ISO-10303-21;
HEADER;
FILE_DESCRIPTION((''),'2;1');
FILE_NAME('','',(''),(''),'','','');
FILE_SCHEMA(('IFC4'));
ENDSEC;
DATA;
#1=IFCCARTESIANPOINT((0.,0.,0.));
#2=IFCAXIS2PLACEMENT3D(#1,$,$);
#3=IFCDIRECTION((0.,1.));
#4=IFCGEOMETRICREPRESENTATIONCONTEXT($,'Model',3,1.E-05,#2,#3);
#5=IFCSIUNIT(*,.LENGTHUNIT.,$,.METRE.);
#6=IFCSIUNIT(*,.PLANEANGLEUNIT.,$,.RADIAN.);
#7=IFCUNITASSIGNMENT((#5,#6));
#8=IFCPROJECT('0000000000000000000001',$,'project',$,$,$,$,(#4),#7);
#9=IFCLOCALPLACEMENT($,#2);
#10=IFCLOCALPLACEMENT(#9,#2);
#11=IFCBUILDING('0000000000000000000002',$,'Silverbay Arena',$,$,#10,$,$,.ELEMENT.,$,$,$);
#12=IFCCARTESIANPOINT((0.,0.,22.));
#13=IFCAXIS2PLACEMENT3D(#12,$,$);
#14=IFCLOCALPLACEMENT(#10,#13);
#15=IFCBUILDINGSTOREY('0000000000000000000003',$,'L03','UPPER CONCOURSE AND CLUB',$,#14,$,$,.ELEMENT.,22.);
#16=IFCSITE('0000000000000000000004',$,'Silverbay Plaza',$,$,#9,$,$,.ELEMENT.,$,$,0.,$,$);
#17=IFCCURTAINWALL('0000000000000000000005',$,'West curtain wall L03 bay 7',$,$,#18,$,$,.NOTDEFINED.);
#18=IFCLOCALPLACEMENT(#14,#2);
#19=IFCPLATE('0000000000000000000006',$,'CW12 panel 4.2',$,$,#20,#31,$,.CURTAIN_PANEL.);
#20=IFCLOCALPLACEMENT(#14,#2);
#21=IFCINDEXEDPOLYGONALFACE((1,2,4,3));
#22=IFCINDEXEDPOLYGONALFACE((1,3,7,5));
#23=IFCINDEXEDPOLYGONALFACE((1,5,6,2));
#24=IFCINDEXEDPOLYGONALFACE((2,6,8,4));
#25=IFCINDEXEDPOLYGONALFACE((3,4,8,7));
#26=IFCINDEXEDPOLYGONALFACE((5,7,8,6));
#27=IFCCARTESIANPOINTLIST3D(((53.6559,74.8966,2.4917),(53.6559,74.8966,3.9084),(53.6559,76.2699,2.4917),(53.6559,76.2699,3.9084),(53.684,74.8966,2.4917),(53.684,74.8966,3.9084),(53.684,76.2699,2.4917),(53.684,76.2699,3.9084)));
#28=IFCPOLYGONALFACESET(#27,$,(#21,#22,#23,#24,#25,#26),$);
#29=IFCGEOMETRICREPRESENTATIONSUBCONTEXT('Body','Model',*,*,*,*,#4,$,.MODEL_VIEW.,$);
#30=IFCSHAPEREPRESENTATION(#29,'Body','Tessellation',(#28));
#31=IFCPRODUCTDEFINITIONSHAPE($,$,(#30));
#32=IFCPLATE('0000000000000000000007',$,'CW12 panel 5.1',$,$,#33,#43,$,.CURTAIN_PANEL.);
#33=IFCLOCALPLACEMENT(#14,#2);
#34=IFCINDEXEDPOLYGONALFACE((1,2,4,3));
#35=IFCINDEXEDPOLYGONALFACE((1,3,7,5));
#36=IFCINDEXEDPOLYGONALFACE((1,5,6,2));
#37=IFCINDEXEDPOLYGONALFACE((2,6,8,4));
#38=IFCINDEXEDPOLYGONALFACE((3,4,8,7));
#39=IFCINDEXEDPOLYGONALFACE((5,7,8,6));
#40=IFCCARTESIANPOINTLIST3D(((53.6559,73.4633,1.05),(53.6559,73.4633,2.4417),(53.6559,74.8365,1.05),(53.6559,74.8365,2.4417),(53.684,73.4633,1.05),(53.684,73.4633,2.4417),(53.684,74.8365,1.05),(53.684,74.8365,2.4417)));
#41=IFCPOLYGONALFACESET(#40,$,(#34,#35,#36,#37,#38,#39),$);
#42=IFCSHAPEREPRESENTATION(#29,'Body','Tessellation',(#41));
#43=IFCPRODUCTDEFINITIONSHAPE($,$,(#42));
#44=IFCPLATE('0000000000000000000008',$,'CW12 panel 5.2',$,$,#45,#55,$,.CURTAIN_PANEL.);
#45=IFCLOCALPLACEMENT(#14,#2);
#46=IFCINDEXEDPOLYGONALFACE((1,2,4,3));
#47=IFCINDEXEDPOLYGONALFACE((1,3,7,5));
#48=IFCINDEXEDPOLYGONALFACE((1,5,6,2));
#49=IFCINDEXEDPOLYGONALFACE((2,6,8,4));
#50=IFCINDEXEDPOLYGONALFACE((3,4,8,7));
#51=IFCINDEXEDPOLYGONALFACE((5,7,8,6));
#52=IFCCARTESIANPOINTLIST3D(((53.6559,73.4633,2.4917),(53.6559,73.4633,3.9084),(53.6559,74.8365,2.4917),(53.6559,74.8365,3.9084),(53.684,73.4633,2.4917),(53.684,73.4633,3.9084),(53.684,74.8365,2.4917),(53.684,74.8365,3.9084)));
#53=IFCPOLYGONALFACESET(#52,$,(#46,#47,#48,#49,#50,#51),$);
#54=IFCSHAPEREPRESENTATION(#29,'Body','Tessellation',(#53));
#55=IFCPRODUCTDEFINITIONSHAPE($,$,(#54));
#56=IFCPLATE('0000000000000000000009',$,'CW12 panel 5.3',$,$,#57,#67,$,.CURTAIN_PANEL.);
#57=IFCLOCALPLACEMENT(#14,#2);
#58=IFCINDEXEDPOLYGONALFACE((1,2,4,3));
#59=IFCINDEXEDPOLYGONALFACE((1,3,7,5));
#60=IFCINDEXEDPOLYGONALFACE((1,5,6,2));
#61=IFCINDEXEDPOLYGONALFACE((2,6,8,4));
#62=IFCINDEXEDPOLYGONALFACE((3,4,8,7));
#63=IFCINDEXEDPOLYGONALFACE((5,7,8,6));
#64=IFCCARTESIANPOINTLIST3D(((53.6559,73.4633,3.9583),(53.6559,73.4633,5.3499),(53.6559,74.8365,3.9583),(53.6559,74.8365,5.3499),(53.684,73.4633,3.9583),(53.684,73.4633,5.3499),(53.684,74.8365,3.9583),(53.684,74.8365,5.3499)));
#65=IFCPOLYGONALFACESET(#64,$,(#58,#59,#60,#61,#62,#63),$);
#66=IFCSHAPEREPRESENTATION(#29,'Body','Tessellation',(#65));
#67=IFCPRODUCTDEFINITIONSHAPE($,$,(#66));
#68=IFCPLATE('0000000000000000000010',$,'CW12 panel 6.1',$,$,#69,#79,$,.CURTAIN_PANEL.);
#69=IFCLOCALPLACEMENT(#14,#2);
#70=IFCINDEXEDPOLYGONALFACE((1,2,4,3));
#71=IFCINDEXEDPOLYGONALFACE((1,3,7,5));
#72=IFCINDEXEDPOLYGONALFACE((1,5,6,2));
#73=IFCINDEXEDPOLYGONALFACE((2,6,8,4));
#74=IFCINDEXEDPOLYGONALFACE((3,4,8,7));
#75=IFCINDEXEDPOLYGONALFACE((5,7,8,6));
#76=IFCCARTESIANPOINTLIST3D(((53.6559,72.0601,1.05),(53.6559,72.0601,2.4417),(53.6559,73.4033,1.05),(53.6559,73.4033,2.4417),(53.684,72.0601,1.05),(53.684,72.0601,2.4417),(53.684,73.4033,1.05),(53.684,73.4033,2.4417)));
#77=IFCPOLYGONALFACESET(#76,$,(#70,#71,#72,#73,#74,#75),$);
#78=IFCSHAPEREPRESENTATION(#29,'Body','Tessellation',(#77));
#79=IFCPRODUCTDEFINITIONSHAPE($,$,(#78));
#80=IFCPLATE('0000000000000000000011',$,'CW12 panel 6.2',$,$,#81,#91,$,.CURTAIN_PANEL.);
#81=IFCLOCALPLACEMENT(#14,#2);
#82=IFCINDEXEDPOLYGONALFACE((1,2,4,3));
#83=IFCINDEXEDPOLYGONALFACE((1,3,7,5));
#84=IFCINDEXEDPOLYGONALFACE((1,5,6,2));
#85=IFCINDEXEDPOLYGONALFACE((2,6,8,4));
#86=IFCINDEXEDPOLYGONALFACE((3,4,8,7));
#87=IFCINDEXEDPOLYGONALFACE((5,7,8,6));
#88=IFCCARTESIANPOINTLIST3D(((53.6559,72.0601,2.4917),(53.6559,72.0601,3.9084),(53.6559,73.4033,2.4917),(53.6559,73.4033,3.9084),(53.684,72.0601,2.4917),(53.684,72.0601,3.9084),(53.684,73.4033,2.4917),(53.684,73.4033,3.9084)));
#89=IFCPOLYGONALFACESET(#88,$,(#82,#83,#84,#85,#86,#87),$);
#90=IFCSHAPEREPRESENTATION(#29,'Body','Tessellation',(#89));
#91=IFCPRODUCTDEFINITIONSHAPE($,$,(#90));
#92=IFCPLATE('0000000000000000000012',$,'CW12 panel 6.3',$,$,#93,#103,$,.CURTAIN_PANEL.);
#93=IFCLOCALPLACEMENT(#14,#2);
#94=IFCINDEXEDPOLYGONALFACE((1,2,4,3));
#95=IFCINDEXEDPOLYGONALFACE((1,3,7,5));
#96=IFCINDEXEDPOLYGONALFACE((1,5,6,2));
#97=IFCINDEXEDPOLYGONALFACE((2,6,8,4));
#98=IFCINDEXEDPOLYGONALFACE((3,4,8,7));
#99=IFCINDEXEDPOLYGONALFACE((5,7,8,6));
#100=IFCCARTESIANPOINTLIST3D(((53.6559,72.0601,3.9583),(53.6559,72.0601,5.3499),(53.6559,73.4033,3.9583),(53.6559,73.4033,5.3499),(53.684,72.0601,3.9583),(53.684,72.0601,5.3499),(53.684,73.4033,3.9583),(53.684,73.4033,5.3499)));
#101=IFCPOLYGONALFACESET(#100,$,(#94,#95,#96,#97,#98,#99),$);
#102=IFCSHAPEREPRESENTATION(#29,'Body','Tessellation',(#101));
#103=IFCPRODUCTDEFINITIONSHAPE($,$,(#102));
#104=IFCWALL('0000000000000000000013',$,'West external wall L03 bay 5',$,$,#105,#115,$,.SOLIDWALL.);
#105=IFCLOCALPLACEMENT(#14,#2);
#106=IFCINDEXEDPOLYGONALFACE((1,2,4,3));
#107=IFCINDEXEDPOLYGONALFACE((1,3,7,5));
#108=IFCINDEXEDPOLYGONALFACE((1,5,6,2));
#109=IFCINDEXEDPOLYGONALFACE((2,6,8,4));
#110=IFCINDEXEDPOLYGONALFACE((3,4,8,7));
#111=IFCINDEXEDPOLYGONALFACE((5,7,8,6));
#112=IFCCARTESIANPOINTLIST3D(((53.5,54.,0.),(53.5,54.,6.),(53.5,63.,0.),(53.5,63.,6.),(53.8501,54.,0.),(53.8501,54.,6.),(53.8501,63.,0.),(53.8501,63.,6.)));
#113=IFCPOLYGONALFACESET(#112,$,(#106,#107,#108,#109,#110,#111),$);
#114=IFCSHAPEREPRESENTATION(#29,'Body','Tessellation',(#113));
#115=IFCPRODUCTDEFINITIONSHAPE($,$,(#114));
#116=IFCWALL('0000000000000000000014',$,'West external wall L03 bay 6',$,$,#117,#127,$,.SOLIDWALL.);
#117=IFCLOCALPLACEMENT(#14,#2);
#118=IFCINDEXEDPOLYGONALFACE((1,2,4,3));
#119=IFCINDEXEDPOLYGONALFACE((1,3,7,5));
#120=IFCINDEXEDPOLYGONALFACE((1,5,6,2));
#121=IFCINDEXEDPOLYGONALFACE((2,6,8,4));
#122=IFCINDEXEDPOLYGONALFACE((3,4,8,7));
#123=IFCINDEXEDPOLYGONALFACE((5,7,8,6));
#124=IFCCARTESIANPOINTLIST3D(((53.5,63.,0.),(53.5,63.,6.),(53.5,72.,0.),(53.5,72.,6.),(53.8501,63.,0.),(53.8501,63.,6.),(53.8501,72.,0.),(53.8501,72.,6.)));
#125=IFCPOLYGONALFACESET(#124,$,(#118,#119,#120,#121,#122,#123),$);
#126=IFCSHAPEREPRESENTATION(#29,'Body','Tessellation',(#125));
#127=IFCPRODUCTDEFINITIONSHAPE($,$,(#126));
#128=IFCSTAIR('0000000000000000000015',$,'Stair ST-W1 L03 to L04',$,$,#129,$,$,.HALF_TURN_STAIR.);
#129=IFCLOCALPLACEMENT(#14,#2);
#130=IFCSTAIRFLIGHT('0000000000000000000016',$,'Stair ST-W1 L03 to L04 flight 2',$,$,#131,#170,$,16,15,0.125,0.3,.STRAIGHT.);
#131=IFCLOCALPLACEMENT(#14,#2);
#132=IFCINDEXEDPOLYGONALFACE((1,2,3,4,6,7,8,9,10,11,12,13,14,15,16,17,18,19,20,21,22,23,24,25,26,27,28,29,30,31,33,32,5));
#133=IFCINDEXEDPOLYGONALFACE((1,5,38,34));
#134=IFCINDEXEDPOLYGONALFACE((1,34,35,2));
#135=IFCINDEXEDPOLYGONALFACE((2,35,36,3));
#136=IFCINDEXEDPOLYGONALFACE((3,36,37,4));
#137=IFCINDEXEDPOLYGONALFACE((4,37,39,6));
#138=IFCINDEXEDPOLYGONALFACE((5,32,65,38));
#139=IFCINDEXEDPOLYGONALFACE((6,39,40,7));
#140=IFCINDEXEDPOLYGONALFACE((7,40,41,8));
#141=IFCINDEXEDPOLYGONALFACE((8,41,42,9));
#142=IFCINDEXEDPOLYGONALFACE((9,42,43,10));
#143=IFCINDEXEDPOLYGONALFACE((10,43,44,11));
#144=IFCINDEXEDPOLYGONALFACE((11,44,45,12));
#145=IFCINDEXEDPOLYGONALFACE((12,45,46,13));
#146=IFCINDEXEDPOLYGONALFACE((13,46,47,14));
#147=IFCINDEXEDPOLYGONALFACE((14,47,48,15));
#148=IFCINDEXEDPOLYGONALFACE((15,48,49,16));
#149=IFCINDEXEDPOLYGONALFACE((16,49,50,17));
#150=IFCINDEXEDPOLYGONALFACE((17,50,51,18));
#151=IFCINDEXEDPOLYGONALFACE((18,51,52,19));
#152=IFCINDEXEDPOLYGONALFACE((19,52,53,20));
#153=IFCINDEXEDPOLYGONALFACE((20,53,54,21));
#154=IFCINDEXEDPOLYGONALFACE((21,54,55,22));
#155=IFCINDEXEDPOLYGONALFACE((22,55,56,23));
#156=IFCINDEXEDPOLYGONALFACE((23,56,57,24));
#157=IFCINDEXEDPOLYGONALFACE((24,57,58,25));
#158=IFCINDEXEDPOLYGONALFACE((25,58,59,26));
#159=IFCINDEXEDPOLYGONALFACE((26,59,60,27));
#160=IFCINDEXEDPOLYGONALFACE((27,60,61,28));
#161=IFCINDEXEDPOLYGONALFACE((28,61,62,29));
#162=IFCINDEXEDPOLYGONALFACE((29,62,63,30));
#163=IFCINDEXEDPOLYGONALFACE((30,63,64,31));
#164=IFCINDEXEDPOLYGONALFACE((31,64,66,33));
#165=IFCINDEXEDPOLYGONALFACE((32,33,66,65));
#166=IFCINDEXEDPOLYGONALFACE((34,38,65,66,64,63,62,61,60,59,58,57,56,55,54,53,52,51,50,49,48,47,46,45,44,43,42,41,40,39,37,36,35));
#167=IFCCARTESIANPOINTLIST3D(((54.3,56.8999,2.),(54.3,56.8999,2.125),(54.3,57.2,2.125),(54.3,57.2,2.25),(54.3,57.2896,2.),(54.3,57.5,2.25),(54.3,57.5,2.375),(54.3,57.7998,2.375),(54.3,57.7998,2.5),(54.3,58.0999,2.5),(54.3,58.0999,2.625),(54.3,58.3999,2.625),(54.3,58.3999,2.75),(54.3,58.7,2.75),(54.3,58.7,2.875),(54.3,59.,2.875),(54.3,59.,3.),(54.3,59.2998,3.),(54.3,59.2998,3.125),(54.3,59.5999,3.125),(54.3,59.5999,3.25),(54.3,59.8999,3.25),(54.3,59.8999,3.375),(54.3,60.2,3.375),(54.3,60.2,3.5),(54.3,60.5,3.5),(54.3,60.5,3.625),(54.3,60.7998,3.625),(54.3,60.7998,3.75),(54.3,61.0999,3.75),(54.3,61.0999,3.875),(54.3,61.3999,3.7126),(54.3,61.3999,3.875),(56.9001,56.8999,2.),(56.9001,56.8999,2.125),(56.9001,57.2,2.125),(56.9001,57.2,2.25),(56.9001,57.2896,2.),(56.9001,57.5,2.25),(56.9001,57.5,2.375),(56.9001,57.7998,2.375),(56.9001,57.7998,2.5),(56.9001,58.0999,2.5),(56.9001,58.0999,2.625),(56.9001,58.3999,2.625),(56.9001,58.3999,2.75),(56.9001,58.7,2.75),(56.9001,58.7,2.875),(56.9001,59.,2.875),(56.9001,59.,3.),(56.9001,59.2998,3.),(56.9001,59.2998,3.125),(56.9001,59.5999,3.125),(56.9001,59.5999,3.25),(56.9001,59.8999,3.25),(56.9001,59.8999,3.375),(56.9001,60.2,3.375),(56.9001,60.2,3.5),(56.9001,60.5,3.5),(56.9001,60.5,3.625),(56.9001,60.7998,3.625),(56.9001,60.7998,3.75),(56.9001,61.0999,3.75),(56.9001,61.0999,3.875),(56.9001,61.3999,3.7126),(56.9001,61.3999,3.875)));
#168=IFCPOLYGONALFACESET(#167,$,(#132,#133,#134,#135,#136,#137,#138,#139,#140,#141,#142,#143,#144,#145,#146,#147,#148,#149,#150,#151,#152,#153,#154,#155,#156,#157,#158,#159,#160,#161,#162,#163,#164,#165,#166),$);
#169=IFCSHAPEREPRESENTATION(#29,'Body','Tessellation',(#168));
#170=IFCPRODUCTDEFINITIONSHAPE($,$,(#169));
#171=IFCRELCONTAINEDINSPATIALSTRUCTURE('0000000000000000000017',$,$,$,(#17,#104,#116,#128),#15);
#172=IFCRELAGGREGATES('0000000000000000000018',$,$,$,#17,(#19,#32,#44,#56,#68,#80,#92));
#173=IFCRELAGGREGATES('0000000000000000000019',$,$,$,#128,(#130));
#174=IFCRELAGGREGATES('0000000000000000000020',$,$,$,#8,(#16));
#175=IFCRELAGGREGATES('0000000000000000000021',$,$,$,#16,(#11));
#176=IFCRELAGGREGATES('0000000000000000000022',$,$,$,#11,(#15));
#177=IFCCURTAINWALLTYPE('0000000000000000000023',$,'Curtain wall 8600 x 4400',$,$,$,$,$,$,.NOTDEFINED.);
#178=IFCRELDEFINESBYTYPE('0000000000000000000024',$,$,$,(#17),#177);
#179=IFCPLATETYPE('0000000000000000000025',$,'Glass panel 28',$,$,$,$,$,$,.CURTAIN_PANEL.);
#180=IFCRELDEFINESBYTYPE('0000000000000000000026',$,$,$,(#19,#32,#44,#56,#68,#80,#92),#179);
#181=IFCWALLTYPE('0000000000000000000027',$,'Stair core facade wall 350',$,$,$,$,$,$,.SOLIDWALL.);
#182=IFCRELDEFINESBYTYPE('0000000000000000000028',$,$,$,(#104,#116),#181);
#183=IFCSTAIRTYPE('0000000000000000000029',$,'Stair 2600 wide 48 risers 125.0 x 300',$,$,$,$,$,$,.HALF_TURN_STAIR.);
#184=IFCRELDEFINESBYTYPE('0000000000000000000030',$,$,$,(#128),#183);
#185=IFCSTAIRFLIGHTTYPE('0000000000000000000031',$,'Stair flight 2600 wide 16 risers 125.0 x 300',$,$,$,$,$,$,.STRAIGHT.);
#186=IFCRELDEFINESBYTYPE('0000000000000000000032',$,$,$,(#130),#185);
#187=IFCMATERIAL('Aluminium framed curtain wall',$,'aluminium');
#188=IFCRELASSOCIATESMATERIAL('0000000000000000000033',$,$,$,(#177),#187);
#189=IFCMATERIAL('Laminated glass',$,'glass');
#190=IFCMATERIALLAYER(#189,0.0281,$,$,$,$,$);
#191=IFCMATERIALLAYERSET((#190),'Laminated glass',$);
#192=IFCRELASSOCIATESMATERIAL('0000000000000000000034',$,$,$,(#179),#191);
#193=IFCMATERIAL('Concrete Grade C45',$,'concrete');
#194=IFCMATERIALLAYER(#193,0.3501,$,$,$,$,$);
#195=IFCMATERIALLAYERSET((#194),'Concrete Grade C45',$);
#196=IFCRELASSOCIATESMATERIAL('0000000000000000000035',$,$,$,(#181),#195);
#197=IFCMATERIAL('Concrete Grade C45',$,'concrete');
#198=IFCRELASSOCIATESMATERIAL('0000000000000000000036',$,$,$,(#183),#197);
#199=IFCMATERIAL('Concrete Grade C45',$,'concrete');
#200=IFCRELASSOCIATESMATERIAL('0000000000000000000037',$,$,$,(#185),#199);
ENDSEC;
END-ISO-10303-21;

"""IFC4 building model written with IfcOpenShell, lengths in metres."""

from ifc_helpers import new_model, si_unit, direction, frame, frame_2d, origin, origin_2d, place, context, subcontext, project, spatial, polyline, rectangle, outline, extrude, material, layer, layer_set, type_object, element, aggregate, save


model = new_model("IFC4")

# Units and contexts
model_context = context("Model", 3, precision=1e-05, world=origin(), true_north=direction((0.0, 1.0)))
body_context = subcontext(model_context, "Body", "Model", "MODEL_VIEW")
ifc_project = project(units=[si_unit("LENGTHUNIT", "METRE"), si_unit("PLANEANGLEUNIT", "RADIAN")], contexts=[model_context])

# Site, building, storey
site_placement = place(None, origin())
site = spatial("IfcSite", under=ifc_project, at=site_placement, Name="Silverbay Plaza", CompositionType="ELEMENT", RefElevation=0.0)
building_placement = place(site_placement, origin())
building = spatial("IfcBuilding", under=site, at=building_placement, Name="Silverbay Arena", CompositionType="ELEMENT")
storey_placement = place(building_placement, frame((0.0, 0.0, 22.0)))
storey = spatial("IfcBuildingStorey", under=building, at=storey_placement, Name="L03", Description="UPPER CONCOURSE AND CLUB", CompositionType="ELEMENT", Elevation=22.0)

# Curtain wall
ifc_material_1 = material(Name="Aluminium framed curtain wall", Category="aluminium")
curtain_wall_type = type_object("IfcCurtainWallType", Name="Curtain wall 8600 x 4400", PredefinedType="NOTDEFINED", material=ifc_material_1)
curtain_wall_placement = place(storey_placement, origin())
curtain_wall = element("IfcCurtainWall", 1, at=curtain_wall_placement, inside=storey, type_object=curtain_wall_type, Name="West curtain wall L03 bay 7", PredefinedType="NOTDEFINED")

# Plates
ifc_material_2 = material(Name="Laminated glass", Category="glass")
ifc_layer_1 = layer(ifc_material_2, 0.0281)
ifc_layer_set_1 = layer_set([ifc_layer_1], Name="Laminated glass")
plate_type = type_object("IfcPlateType", Name="Glass panel 28", PredefinedType="CURTAIN_PANEL", material=ifc_layer_set_1)
plate_1_placement = place(storey_placement, frame((53.6699, 75.5833, 2.4917), z_axis=(0.0, 0.0, 1.0), x_axis=(0.0, -1.0, 0.0)))
plate_1 = element("IfcPlate", 2, at=plate_1_placement, type_object=plate_type, Name="CW12 panel 4.2", PredefinedType="CURTAIN_PANEL", context=body_context, shape_type="SweptSolid", body=[
    extrude(rectangle(XDim=1.3733, YDim=0.0281, at=origin_2d()), origin(), (0.0, 0.0, 1.0), 1.4167),
])
plate_2_placement = place(storey_placement, frame((53.6699, 74.1499, 1.05), z_axis=(0.0, 0.0, 1.0), x_axis=(0.0, -1.0, 0.0)))
plate_2 = element("IfcPlate", 3, at=plate_2_placement, type_object=plate_type, Name="CW12 panel 5.1", PredefinedType="CURTAIN_PANEL", context=body_context, shape_type="SweptSolid", body=[
    extrude(rectangle(XDim=1.3733, YDim=0.0281, at=origin_2d()), origin(), (0.0, 0.0, 1.0), 1.3916),
])
plate_3_placement = place(storey_placement, frame((53.6699, 74.1499, 2.4917), z_axis=(0.0, 0.0, 1.0), x_axis=(0.0, -1.0, 0.0)))
plate_3 = element("IfcPlate", 4, at=plate_3_placement, type_object=plate_type, Name="CW12 panel 5.2", PredefinedType="CURTAIN_PANEL", context=body_context, shape_type="SweptSolid", body=[
    extrude(rectangle(XDim=1.3733, YDim=0.0281, at=origin_2d()), origin(), (0.0, 0.0, 1.0), 1.4167),
])
plate_4_placement = place(storey_placement, frame((53.6699, 74.1499, 3.9583), z_axis=(0.0, 0.0, 1.0), x_axis=(0.0, -1.0, 0.0)))
plate_4 = element("IfcPlate", 5, at=plate_4_placement, type_object=plate_type, Name="CW12 panel 5.3", PredefinedType="CURTAIN_PANEL", context=body_context, shape_type="SweptSolid", body=[
    extrude(rectangle(XDim=1.3733, YDim=0.0281, at=origin_2d()), origin(), (0.0, 0.0, 1.0), 1.3916),
])
plate_5_placement = place(storey_placement, frame((53.6699, 72.7317, 1.05), z_axis=(0.0, 0.0, 1.0), x_axis=(0.0, -1.0, 0.0)))
plate_5 = element("IfcPlate", 6, at=plate_5_placement, type_object=plate_type, Name="CW12 panel 6.1", PredefinedType="CURTAIN_PANEL", context=body_context, shape_type="SweptSolid", body=[
    extrude(rectangle(XDim=1.3433, YDim=0.0281, at=origin_2d()), origin(), (0.0, 0.0, 1.0), 1.3916),
])
plate_6_placement = place(storey_placement, frame((53.6699, 72.7317, 2.4917), z_axis=(0.0, 0.0, 1.0), x_axis=(0.0, -1.0, 0.0)))
plate_6 = element("IfcPlate", 7, at=plate_6_placement, type_object=plate_type, Name="CW12 panel 6.2", PredefinedType="CURTAIN_PANEL", context=body_context, shape_type="SweptSolid", body=[
    extrude(rectangle(XDim=1.3433, YDim=0.0281, at=origin_2d()), origin(), (0.0, 0.0, 1.0), 1.4167),
])
plate_7_placement = place(storey_placement, frame((53.6699, 72.7317, 3.9583), z_axis=(0.0, 0.0, 1.0), x_axis=(0.0, -1.0, 0.0)))
plate_7 = element("IfcPlate", 8, at=plate_7_placement, type_object=plate_type, Name="CW12 panel 6.3", PredefinedType="CURTAIN_PANEL", context=body_context, shape_type="SweptSolid", body=[
    extrude(rectangle(XDim=1.3433, YDim=0.0281, at=origin_2d()), origin(), (0.0, 0.0, 1.0), 1.3916),
])
aggregate(curtain_wall, [plate_1, plate_2, plate_3, plate_4, plate_5, plate_6, plate_7])

# Walls
ifc_material_3 = material(Name="Concrete Grade C45", Category="concrete")
ifc_layer_2 = layer(ifc_material_3, 0.3501)
ifc_layer_set_2 = layer_set([ifc_layer_2], Name="Concrete Grade C45")
wall_type = type_object("IfcWallType", Name="Stair core facade wall 350", PredefinedType="SOLIDWALL", material=ifc_layer_set_2)
for number, where, z_axis, x_axis, name in (
    (9, (53.675, 63.0, 0.0), (0.0, 0.0, 1.0), (0.0, -1.0, 0.0), "West external wall L03 bay 5"),
    (10, (53.675, 72.0, 0.0), (0.0, 0.0, 1.0), (0.0, -1.0, 0.0), "West external wall L03 bay 6"),
):
    element("IfcWall", number, at=place(storey_placement, frame(where, z_axis=z_axis, x_axis=x_axis)), inside=storey, type_object=wall_type, Name=name, PredefinedType="SOLIDWALL", context=body_context, shape_type="SweptSolid", body=[
        extrude(rectangle(XDim=9.0, YDim=0.3501, at=frame_2d((4.5, 0.0))), origin(), (0.0, 0.0, 1.0), 6.0),
    ])

# Stair, stair flight
ifc_material_4 = material(Name="Concrete Grade C45", Category="concrete")
stair_type = type_object("IfcStairType", Name="Stair 2600 wide 48 risers 125.0 x 300", PredefinedType="HALF_TURN_STAIR", material=ifc_material_4)
stair_placement = place(storey_placement, origin())
stair = element("IfcStair", 11, at=stair_placement, inside=storey, type_object=stair_type, Name="Stair ST-W1 L03 to L04", PredefinedType="HALF_TURN_STAIR")
ifc_material_5 = material(Name="Concrete Grade C45", Category="concrete")
stair_flight_type = type_object("IfcStairFlightType", Name="Stair flight 2600 wide 16 risers 125.0 x 300", PredefinedType="STRAIGHT", material=ifc_material_5)
stair_flight_placement = place(storey_placement, frame((55.6001, 56.8999, 2.0), z_axis=(0.0, 0.0, 1.0), x_axis=(0.0, 1.0, 0.0)))
stair_flight = element("IfcStairFlight", 12, at=stair_flight_placement, type_object=stair_flight_type, Name="Stair ST-W1 L03 to L04 flight 2", NumberOfRisers=16, NumberOfTreads=15, PredefinedType="STRAIGHT", RiserHeight=0.125, TreadLength=0.3, context=body_context, shape_type="SweptSolid", body=[
    extrude(outline(polyline([(0.0, 0.0), (0.0, 0.125), (0.3, 0.125), (0.3, 0.25), (0.6001, 0.25), (0.6001, 0.375), (0.8999, 0.375), (0.8999, 0.5), (1.2, 0.5), (1.2, 0.625), (1.5, 0.625), (1.5, 0.75), (1.8, 0.75), (1.8, 0.875), (2.1001, 0.875), (2.1001, 1.0), (2.3999, 1.0), (2.3999, 1.125), (2.7, 1.125), (2.7, 1.25), (3.0, 1.25), (3.0, 1.375), (3.3, 1.375), (3.3, 1.5), (3.6001, 1.5), (3.6001, 1.625), (3.8999, 1.625), (3.8999, 1.75), (4.2, 1.75), (4.2, 1.875), (4.5, 1.875), (4.5, 1.7126), (0.3896, 0.0), (0.0, 0.0)])), frame((0.0, 1.3, 0.0), z_axis=(0.0, -1.0, 0.0), x_axis=(1.0, 0.0, 0.0)), (0.0, 0.0, 1.0), 2.6001),
])
aggregate(stair, [stair_flight])

save(model, "model.ifc")
